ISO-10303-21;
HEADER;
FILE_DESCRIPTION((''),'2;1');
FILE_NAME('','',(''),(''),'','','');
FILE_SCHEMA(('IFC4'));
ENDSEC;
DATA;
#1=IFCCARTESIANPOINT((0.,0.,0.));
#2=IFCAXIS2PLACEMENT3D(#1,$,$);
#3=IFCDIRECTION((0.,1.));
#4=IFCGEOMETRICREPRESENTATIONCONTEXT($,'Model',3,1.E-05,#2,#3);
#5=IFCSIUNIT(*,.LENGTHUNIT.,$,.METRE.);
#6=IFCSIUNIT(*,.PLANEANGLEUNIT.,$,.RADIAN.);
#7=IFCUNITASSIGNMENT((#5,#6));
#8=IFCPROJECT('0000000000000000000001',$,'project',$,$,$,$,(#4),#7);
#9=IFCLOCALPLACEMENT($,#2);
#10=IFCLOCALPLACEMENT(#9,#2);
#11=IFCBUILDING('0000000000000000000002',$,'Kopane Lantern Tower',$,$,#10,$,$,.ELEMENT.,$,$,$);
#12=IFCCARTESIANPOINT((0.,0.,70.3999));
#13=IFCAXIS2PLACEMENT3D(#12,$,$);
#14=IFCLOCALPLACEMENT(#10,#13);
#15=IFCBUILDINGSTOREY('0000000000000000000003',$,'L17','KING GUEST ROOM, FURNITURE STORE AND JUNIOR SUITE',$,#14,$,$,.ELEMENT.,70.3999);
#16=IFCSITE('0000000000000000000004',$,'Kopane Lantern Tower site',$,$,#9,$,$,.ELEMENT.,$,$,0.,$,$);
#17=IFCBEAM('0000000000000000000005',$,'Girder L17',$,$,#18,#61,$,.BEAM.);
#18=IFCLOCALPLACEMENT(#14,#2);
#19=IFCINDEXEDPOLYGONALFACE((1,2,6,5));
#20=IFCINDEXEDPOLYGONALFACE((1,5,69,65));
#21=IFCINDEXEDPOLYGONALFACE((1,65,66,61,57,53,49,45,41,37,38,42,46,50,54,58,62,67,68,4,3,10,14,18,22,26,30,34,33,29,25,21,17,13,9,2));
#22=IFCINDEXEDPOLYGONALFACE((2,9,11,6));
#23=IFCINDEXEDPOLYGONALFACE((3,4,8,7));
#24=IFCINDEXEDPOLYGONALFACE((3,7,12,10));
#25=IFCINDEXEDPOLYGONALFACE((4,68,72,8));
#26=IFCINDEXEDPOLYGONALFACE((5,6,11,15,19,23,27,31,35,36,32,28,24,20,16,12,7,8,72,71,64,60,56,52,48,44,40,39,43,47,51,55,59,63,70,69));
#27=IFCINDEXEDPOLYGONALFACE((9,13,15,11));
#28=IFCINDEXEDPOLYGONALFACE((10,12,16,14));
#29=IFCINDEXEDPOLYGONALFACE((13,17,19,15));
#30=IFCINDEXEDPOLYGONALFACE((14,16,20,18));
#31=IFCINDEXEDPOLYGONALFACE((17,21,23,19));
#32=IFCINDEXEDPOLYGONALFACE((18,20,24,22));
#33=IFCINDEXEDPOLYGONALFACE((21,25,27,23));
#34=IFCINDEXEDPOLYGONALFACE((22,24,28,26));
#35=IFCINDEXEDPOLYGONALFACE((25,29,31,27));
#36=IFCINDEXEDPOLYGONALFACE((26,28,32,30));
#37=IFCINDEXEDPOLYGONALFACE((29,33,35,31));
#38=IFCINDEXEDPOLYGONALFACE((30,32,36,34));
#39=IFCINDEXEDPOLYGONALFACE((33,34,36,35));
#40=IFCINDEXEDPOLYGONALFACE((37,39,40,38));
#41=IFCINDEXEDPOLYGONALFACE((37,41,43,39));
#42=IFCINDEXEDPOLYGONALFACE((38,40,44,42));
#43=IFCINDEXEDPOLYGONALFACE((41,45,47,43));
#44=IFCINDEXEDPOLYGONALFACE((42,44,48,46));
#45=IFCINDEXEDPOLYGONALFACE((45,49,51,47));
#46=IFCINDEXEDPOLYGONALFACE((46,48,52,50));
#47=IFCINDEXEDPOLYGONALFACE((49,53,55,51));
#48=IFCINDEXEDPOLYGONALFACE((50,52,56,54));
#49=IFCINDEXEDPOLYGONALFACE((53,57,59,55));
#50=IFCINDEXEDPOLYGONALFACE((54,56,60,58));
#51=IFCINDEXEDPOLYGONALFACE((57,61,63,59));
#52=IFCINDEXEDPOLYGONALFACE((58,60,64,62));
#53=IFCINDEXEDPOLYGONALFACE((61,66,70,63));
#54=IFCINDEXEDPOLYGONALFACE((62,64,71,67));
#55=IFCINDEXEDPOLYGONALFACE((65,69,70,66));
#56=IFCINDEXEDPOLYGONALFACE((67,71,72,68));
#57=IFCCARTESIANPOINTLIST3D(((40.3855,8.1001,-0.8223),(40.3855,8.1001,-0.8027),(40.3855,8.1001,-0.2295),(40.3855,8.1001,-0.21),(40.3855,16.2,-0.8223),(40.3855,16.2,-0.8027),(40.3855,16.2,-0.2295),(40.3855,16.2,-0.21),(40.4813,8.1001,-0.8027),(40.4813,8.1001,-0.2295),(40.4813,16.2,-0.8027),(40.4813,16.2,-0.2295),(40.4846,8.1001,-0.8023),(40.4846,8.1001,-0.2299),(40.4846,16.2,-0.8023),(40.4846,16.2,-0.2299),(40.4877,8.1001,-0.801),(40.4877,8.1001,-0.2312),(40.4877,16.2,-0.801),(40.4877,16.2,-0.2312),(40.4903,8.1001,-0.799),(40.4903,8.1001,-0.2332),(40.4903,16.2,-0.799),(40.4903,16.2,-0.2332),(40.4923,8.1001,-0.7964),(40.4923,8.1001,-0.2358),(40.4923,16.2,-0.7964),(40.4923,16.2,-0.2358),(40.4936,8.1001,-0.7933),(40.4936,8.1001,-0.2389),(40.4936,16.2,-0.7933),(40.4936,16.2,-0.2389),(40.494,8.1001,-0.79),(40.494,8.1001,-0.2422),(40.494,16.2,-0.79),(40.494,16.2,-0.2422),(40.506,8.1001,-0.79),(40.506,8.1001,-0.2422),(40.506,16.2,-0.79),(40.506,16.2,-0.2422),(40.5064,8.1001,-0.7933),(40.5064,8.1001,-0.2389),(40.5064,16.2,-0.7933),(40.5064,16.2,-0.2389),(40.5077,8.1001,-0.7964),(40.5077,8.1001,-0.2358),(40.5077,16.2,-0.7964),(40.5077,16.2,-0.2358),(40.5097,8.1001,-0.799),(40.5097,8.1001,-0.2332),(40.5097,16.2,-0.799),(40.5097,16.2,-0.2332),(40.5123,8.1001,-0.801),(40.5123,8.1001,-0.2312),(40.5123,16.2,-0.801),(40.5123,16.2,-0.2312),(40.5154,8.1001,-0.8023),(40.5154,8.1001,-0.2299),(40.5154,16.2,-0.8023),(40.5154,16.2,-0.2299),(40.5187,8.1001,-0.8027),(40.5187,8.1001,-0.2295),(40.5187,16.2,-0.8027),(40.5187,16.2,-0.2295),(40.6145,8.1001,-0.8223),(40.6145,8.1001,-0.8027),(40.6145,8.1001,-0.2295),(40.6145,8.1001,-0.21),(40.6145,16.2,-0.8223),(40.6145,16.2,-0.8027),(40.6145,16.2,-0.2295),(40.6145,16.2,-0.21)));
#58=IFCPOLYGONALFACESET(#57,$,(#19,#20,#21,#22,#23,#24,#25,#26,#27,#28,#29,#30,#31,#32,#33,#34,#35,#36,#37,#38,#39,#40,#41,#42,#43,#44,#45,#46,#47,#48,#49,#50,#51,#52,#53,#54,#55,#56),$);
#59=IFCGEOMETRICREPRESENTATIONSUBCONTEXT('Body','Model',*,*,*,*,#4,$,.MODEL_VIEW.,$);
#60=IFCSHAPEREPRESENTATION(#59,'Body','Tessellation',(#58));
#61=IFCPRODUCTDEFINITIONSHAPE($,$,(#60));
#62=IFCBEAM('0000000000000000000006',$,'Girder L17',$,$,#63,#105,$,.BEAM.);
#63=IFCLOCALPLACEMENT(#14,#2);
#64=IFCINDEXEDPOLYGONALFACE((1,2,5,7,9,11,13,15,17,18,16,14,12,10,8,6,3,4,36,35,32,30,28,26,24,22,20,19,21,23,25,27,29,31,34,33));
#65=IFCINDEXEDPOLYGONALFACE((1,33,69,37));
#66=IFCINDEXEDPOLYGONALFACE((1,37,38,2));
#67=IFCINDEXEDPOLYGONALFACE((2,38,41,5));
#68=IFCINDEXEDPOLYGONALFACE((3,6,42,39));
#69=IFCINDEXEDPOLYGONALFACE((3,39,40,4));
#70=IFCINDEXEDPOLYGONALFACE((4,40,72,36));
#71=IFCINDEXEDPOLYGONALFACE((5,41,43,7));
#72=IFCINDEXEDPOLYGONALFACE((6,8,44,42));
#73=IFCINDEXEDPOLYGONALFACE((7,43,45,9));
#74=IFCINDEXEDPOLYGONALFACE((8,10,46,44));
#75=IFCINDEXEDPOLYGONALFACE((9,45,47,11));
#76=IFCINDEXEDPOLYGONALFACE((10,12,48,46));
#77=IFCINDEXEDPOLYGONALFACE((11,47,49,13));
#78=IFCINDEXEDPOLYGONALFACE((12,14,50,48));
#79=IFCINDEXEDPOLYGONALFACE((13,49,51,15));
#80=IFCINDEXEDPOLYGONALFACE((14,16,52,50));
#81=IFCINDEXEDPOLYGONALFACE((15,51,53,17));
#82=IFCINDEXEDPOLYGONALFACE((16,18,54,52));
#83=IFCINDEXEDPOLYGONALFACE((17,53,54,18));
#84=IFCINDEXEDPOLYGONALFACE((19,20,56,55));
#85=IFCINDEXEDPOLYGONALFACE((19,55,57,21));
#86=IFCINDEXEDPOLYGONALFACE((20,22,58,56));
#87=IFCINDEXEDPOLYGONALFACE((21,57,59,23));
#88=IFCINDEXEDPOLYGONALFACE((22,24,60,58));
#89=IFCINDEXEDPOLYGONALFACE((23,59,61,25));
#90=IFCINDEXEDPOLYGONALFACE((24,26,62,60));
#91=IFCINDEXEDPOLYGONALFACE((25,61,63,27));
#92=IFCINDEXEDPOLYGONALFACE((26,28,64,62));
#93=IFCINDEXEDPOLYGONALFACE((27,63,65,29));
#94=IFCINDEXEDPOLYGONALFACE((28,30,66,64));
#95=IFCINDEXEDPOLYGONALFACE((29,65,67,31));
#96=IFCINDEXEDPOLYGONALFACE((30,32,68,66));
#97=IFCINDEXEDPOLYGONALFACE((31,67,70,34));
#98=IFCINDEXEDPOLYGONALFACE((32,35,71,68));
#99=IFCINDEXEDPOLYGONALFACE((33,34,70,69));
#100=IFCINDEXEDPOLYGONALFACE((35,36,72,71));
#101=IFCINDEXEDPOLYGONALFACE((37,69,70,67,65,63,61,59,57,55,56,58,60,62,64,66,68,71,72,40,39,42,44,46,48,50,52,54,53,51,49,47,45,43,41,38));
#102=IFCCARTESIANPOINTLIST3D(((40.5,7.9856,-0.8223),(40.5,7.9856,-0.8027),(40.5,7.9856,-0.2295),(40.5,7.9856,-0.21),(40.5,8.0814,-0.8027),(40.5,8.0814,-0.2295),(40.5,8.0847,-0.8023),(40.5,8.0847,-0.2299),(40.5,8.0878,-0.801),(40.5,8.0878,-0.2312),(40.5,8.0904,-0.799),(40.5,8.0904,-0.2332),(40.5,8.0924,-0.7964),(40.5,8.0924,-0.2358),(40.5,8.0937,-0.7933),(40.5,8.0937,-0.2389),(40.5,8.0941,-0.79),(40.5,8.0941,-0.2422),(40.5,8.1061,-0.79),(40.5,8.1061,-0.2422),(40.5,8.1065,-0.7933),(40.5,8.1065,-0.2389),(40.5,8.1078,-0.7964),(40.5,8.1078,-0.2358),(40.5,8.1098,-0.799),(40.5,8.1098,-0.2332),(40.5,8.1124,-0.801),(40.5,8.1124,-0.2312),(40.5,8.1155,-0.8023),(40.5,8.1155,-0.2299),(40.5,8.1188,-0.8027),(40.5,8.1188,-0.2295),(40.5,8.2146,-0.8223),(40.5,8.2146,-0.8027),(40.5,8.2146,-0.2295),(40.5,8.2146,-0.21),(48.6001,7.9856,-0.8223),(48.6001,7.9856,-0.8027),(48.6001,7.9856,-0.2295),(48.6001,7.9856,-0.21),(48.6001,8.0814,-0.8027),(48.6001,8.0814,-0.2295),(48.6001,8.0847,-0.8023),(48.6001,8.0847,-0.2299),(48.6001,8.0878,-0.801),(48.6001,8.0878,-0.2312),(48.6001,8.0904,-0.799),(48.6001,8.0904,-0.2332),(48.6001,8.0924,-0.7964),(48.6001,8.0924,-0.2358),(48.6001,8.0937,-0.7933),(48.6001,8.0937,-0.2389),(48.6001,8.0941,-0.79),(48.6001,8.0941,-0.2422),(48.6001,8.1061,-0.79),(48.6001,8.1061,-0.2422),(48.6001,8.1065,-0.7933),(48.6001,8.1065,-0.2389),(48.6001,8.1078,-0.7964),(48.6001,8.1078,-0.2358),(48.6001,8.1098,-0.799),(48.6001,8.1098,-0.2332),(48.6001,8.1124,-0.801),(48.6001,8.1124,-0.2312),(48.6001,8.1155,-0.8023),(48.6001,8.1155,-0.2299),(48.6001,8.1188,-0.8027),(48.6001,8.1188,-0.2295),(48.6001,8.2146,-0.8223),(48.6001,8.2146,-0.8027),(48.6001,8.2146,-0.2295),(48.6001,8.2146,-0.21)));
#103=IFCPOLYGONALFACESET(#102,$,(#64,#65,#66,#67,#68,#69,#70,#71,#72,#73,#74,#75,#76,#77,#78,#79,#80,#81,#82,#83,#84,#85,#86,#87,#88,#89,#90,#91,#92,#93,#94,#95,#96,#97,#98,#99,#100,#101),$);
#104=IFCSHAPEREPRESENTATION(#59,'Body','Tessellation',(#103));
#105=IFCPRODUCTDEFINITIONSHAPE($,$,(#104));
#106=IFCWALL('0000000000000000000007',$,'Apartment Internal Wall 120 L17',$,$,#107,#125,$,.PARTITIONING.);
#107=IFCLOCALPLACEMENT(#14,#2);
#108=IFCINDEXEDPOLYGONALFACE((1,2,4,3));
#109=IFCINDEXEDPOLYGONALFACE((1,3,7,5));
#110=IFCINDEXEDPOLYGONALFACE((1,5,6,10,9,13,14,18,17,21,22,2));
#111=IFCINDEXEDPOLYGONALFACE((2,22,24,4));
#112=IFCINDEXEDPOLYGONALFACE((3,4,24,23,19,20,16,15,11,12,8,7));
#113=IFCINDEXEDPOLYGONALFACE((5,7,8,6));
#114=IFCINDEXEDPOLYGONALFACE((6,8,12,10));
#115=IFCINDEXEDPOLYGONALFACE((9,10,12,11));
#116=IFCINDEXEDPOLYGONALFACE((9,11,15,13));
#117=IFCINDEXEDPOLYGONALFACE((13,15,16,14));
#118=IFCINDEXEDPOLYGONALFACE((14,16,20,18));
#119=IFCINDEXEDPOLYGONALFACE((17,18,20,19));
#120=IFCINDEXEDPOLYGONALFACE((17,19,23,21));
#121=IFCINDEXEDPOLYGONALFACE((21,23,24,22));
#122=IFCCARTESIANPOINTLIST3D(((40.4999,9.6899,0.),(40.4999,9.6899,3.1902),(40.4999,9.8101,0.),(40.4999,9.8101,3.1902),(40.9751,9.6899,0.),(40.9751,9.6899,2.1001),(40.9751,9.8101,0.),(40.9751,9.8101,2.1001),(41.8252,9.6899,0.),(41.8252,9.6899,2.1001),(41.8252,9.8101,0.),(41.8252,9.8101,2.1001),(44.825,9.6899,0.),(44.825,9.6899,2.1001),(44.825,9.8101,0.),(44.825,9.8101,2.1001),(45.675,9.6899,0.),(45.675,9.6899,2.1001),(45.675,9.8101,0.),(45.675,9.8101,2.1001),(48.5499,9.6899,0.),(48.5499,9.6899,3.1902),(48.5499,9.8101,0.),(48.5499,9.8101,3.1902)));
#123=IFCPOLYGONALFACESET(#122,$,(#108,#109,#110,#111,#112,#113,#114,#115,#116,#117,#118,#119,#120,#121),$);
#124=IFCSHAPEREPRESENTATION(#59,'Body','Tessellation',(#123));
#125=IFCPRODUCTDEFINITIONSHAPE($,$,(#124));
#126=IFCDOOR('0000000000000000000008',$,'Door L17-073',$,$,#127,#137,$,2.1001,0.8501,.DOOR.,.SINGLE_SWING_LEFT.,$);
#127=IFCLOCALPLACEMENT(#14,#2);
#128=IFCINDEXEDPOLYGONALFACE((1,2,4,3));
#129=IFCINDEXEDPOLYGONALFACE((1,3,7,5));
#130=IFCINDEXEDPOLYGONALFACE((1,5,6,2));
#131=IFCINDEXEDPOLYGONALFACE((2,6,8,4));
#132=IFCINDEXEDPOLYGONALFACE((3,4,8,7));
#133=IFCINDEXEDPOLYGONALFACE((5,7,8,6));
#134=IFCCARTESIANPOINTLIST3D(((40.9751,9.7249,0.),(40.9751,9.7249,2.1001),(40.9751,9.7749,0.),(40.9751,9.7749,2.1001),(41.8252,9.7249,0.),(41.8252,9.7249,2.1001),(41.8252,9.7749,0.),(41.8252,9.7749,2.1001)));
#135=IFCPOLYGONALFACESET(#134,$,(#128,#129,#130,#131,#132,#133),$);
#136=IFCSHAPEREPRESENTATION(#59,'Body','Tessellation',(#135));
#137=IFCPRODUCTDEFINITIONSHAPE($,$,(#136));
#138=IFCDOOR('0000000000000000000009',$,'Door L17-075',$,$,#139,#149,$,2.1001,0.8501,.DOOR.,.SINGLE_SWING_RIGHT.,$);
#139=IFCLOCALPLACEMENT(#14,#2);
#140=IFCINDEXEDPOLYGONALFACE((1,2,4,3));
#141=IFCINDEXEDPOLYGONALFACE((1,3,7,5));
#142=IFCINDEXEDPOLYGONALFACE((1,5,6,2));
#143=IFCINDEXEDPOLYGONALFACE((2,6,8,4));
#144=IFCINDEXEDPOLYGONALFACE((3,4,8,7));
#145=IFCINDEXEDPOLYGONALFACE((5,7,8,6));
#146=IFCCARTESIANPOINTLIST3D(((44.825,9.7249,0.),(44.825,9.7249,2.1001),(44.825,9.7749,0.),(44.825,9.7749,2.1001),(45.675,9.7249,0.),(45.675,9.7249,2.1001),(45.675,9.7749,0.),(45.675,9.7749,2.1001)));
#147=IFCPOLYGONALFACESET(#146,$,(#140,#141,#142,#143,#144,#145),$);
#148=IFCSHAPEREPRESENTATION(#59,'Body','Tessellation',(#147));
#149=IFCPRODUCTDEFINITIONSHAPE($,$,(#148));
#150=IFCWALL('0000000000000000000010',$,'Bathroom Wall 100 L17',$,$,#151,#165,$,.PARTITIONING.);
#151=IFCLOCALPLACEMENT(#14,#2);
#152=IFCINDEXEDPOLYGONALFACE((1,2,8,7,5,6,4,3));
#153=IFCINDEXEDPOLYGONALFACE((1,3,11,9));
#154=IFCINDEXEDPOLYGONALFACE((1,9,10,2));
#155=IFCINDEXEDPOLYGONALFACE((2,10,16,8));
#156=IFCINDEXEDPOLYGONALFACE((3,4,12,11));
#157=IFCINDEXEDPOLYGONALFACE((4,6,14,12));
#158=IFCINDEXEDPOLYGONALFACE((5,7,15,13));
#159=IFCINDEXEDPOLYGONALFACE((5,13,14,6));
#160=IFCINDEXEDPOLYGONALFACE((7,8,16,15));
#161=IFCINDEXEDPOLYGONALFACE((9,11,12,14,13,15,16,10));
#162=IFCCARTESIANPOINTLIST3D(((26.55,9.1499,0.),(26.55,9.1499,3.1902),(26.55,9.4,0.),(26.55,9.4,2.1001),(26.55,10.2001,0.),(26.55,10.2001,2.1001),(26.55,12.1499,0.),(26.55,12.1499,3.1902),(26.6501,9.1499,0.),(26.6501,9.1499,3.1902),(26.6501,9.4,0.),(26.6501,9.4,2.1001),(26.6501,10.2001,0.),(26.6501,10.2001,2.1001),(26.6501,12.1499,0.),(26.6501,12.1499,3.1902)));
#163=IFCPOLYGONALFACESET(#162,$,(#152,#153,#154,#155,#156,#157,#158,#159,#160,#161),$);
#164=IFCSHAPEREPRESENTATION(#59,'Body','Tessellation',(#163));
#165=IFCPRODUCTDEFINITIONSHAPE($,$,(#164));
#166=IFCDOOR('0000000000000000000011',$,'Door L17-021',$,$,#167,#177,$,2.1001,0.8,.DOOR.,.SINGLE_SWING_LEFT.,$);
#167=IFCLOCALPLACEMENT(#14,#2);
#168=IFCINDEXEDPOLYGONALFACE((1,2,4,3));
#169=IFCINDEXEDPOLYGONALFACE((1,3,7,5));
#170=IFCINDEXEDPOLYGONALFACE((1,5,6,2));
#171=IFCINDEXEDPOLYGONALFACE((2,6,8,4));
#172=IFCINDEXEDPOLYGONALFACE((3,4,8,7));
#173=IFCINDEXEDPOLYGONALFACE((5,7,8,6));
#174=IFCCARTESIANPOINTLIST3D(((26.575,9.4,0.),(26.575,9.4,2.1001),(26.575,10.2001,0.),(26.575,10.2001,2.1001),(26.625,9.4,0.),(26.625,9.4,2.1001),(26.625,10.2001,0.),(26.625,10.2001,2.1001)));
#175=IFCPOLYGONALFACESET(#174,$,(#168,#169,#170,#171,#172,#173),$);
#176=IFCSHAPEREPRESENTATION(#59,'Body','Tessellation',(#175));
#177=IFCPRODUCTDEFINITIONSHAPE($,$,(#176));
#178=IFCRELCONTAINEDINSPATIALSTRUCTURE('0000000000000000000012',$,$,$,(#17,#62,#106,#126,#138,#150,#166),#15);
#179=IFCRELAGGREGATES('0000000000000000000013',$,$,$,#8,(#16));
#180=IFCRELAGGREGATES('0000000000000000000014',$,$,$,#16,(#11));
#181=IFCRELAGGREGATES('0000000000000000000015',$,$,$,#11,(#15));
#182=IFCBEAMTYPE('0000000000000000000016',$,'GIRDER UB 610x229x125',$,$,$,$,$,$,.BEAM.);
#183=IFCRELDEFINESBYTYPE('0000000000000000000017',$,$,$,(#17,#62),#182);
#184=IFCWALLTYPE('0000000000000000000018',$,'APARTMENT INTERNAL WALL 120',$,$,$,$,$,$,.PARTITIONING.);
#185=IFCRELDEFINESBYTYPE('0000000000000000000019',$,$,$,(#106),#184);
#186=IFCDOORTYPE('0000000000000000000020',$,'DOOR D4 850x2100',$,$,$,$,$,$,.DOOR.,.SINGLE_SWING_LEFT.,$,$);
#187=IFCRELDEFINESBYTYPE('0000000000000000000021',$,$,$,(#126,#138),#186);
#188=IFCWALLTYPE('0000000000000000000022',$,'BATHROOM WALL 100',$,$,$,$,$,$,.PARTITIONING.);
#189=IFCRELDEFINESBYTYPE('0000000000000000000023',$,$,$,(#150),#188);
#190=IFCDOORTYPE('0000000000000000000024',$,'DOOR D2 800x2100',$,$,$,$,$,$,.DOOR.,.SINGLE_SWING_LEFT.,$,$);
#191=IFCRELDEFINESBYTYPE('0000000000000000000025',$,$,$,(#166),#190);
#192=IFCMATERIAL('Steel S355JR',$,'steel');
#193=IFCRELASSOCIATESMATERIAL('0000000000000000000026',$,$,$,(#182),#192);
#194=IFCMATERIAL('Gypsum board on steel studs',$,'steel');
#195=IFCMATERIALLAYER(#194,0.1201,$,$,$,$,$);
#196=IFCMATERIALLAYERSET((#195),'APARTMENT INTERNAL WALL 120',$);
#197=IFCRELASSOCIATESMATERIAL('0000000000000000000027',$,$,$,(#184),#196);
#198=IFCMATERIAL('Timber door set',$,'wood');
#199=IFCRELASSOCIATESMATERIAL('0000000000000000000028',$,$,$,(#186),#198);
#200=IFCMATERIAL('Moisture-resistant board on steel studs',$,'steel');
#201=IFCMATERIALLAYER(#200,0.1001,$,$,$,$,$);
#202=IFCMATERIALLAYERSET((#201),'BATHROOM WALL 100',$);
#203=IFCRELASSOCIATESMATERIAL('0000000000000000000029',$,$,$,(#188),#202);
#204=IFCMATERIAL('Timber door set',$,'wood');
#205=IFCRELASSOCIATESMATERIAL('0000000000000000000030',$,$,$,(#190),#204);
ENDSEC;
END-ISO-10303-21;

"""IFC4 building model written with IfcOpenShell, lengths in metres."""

from ifc_helpers import new_model, si_unit, direction, frame, frame_2d, origin, origin_2d, place, context, subcontext, project, spatial, rectangle, i_section, extrude, material, layer, layer_set, material_profile, profile_set, type_object, element, fill, save


model = new_model("IFC4")

# Units and contexts
model_context = context("Model", 3, precision=1e-05, world=origin(), true_north=direction((0.0, 1.0)))
body_context = subcontext(model_context, "Body", "Model", "MODEL_VIEW")
ifc_project = project(units=[si_unit("LENGTHUNIT", "METRE"), si_unit("PLANEANGLEUNIT", "RADIAN")], contexts=[model_context])

# Site, building, storey
site_placement = place(None, origin())
site = spatial("IfcSite", under=ifc_project, at=site_placement, Name="Kopane Lantern Tower site", CompositionType="ELEMENT", RefElevation=0.0)
building_placement = place(site_placement, origin())
building = spatial("IfcBuilding", under=site, at=building_placement, Name="Kopane Lantern Tower", CompositionType="ELEMENT")
storey_placement = place(building_placement, frame((0.0, 0.0, 70.3999)))
storey = spatial("IfcBuildingStorey", under=building, at=storey_placement, Name="L17", Description="KING GUEST ROOM, FURNITURE STORE AND JUNIOR SUITE", CompositionType="ELEMENT", Elevation=70.3999)

# Beams
ifc_material_1 = material(Name="Steel S355JR", Category="steel")
ifc_material_profile_1 = material_profile(ifc_material_1, i_section(OverallWidth=0.229, OverallDepth=0.6123, WebThickness=0.012, FlangeThickness=0.0195, FilletRadius=0.0127, at=origin_2d()), Name="UB 610x229x125")
ifc_profile_set_1 = profile_set([ifc_material_profile_1], Name="Steel S355JR")
beam_type = type_object("IfcBeamType", Name="GIRDER UB 610x229x125", PredefinedType="BEAM", material=ifc_profile_set_1)
beam_1_placement = place(storey_placement, frame((40.5, 8.1001, -0.5161), z_axis=(0.0, 1.0, 0.0), x_axis=(-1.0, 0.0, 0.0)))
element("IfcBeam", 1, at=beam_1_placement, inside=storey, type_object=beam_type, Name="Girder L17", PredefinedType="BEAM", context=body_context, shape_type="SweptSolid", body=[
    extrude(i_section(OverallWidth=0.229, OverallDepth=0.6123, WebThickness=0.012, FlangeThickness=0.0195, FilletRadius=0.0127, at=origin_2d()), origin(), (0.0, 0.0, 1.0), 8.0999),
])
beam_2_placement = place(storey_placement, frame((40.5, 8.1001, -0.5161), z_axis=(1.0, 0.0, 0.0), x_axis=(0.0, 1.0, 0.0)))
element("IfcBeam", 2, at=beam_2_placement, inside=storey, type_object=beam_type, Name="Girder L17", PredefinedType="BEAM", context=body_context, shape_type="SweptSolid", body=[
    extrude(i_section(OverallWidth=0.229, OverallDepth=0.6123, WebThickness=0.012, FlangeThickness=0.0195, FilletRadius=0.0127, at=origin_2d()), origin(), (0.0, 0.0, 1.0), 8.1001),
])

# Wall, openings, doors
ifc_material_2 = material(Name="Gypsum board on steel studs", Category="steel")
ifc_layer_1 = layer(ifc_material_2, 0.1201)
ifc_layer_set_1 = layer_set([ifc_layer_1], Name="APARTMENT INTERNAL WALL 120")
wall_type_1 = type_object("IfcWallType", Name="APARTMENT INTERNAL WALL 120", PredefinedType="PARTITIONING", material=ifc_layer_set_1)
wall_1_placement = place(storey_placement, frame((40.5, 9.75, 0.0), z_axis=(0.0, 0.0, 1.0), x_axis=(1.0, 0.0, 0.0)))
wall_1 = element("IfcWall", 3, at=wall_1_placement, inside=storey, type_object=wall_type_1, Name="Apartment Internal Wall 120 L17", PredefinedType="PARTITIONING", context=body_context, shape_type="SweptSolid", body=[
    extrude(rectangle(XDim=8.05, YDim=0.1201, at=frame_2d((4.0249, 0.0))), origin(), (0.0, 0.0, 1.0), 3.1902),
])
opening_1_placement = place(wall_1_placement, frame((0.4751, 0.0, 0.0)))
opening_1 = element("IfcOpeningElement", 4, at=opening_1_placement, cuts=wall_1, PredefinedType="OPENING", context=body_context, shape_type="SweptSolid", body=[
    extrude(rectangle(XDim=0.8501, YDim=2.1001, at=frame_2d((0.425, 1.05))), frame((0.0, 0.0701, 0.0), z_axis=(0.0, -1.0, 0.0), x_axis=(1.0, 0.0, 0.0)), (0.0, 0.0, 1.0), 0.1401),
])
opening_2_placement = place(wall_1_placement, frame((4.325, 0.0, 0.0)))
opening_2 = element("IfcOpeningElement", 5, at=opening_2_placement, cuts=wall_1, PredefinedType="OPENING", context=body_context, shape_type="SweptSolid", body=[
    extrude(rectangle(XDim=0.8501, YDim=2.1001, at=frame_2d((0.425, 1.05))), frame((0.0, 0.0701, 0.0), z_axis=(0.0, -1.0, 0.0), x_axis=(1.0, 0.0, 0.0)), (0.0, 0.0, 1.0), 0.1401),
])
ifc_material_3 = material(Name="Timber door set", Category="wood")
door_type_1 = type_object("IfcDoorType", Name="DOOR D4 850x2100", OperationType="SINGLE_SWING_LEFT", PredefinedType="DOOR", material=ifc_material_3)
door_1_placement = place(opening_1_placement, origin())
door_1 = element("IfcDoor", 6, at=door_1_placement, inside=storey, type_object=door_type_1, Name="Door L17-073", OperationType="SINGLE_SWING_LEFT", OverallHeight=2.1001, OverallWidth=0.8501, PredefinedType="DOOR", context=body_context, shape_type="SweptSolid", body=[
    extrude(rectangle(XDim=0.8501, YDim=2.1001, at=frame_2d((0.425, 1.05))), frame((0.0, 0.0249, 0.0), z_axis=(0.0, -1.0, 0.0), x_axis=(1.0, 0.0, 0.0)), (0.0, 0.0, 1.0), 0.05),
])
fill(opening_1, door_1)
door_2_placement = place(opening_2_placement, origin())
door_2 = element("IfcDoor", 7, at=door_2_placement, inside=storey, type_object=door_type_1, Name="Door L17-075", OperationType="SINGLE_SWING_RIGHT", OverallHeight=2.1001, OverallWidth=0.8501, PredefinedType="DOOR", context=body_context, shape_type="SweptSolid", body=[
    extrude(rectangle(XDim=0.8501, YDim=2.1001, at=frame_2d((0.425, 1.05))), frame((0.0, 0.0249, 0.0), z_axis=(0.0, -1.0, 0.0), x_axis=(1.0, 0.0, 0.0)), (0.0, 0.0, 1.0), 0.05),
])
fill(opening_2, door_2)

# Wall, opening, door
ifc_material_4 = material(Name="Moisture-resistant board on steel studs", Category="steel")
ifc_layer_2 = layer(ifc_material_4, 0.1001)
ifc_layer_set_2 = layer_set([ifc_layer_2], Name="BATHROOM WALL 100")
wall_type_2 = type_object("IfcWallType", Name="BATHROOM WALL 100", PredefinedType="PARTITIONING", material=ifc_layer_set_2)
wall_2_placement = place(storey_placement, frame((26.6001, 12.1499, 0.0), z_axis=(0.0, 0.0, 1.0), x_axis=(0.0, -1.0, 0.0)))
wall_2 = element("IfcWall", 8, at=wall_2_placement, inside=storey, type_object=wall_type_2, Name="Bathroom Wall 100 L17", PredefinedType="PARTITIONING", context=body_context, shape_type="SweptSolid", body=[
    extrude(rectangle(XDim=3.0, YDim=0.1001, at=frame_2d((1.5, 0.0))), origin(), (0.0, 0.0, 1.0), 3.1902),
])
opening_3_placement = place(wall_2_placement, frame((1.95, 0.0, 0.0)))
opening_3 = element("IfcOpeningElement", 9, at=opening_3_placement, cuts=wall_2, PredefinedType="OPENING", context=body_context, shape_type="SweptSolid", body=[
    extrude(rectangle(XDim=0.8, YDim=2.1001, at=frame_2d((0.3999, 1.05))), frame((0.0, 0.0601, 0.0), z_axis=(0.0, -1.0, 0.0), x_axis=(1.0, 0.0, 0.0)), (0.0, 0.0, 1.0), 0.1201),
])
ifc_material_5 = material(Name="Timber door set", Category="wood")
door_type_2 = type_object("IfcDoorType", Name="DOOR D2 800x2100", OperationType="SINGLE_SWING_LEFT", PredefinedType="DOOR", material=ifc_material_5)
door_3_placement = place(opening_3_placement, origin())
door_3 = element("IfcDoor", 10, at=door_3_placement, inside=storey, type_object=door_type_2, Name="Door L17-021", OperationType="SINGLE_SWING_LEFT", OverallHeight=2.1001, OverallWidth=0.8, PredefinedType="DOOR", context=body_context, shape_type="SweptSolid", body=[
    extrude(rectangle(XDim=0.8, YDim=2.1001, at=frame_2d((0.3999, 1.05))), frame((0.0, 0.0249, 0.0), z_axis=(0.0, -1.0, 0.0), x_axis=(1.0, 0.0, 0.0)), (0.0, 0.0, 1.0), 0.05),
])
fill(opening_3, door_3)

save(model, "model.ifc")
